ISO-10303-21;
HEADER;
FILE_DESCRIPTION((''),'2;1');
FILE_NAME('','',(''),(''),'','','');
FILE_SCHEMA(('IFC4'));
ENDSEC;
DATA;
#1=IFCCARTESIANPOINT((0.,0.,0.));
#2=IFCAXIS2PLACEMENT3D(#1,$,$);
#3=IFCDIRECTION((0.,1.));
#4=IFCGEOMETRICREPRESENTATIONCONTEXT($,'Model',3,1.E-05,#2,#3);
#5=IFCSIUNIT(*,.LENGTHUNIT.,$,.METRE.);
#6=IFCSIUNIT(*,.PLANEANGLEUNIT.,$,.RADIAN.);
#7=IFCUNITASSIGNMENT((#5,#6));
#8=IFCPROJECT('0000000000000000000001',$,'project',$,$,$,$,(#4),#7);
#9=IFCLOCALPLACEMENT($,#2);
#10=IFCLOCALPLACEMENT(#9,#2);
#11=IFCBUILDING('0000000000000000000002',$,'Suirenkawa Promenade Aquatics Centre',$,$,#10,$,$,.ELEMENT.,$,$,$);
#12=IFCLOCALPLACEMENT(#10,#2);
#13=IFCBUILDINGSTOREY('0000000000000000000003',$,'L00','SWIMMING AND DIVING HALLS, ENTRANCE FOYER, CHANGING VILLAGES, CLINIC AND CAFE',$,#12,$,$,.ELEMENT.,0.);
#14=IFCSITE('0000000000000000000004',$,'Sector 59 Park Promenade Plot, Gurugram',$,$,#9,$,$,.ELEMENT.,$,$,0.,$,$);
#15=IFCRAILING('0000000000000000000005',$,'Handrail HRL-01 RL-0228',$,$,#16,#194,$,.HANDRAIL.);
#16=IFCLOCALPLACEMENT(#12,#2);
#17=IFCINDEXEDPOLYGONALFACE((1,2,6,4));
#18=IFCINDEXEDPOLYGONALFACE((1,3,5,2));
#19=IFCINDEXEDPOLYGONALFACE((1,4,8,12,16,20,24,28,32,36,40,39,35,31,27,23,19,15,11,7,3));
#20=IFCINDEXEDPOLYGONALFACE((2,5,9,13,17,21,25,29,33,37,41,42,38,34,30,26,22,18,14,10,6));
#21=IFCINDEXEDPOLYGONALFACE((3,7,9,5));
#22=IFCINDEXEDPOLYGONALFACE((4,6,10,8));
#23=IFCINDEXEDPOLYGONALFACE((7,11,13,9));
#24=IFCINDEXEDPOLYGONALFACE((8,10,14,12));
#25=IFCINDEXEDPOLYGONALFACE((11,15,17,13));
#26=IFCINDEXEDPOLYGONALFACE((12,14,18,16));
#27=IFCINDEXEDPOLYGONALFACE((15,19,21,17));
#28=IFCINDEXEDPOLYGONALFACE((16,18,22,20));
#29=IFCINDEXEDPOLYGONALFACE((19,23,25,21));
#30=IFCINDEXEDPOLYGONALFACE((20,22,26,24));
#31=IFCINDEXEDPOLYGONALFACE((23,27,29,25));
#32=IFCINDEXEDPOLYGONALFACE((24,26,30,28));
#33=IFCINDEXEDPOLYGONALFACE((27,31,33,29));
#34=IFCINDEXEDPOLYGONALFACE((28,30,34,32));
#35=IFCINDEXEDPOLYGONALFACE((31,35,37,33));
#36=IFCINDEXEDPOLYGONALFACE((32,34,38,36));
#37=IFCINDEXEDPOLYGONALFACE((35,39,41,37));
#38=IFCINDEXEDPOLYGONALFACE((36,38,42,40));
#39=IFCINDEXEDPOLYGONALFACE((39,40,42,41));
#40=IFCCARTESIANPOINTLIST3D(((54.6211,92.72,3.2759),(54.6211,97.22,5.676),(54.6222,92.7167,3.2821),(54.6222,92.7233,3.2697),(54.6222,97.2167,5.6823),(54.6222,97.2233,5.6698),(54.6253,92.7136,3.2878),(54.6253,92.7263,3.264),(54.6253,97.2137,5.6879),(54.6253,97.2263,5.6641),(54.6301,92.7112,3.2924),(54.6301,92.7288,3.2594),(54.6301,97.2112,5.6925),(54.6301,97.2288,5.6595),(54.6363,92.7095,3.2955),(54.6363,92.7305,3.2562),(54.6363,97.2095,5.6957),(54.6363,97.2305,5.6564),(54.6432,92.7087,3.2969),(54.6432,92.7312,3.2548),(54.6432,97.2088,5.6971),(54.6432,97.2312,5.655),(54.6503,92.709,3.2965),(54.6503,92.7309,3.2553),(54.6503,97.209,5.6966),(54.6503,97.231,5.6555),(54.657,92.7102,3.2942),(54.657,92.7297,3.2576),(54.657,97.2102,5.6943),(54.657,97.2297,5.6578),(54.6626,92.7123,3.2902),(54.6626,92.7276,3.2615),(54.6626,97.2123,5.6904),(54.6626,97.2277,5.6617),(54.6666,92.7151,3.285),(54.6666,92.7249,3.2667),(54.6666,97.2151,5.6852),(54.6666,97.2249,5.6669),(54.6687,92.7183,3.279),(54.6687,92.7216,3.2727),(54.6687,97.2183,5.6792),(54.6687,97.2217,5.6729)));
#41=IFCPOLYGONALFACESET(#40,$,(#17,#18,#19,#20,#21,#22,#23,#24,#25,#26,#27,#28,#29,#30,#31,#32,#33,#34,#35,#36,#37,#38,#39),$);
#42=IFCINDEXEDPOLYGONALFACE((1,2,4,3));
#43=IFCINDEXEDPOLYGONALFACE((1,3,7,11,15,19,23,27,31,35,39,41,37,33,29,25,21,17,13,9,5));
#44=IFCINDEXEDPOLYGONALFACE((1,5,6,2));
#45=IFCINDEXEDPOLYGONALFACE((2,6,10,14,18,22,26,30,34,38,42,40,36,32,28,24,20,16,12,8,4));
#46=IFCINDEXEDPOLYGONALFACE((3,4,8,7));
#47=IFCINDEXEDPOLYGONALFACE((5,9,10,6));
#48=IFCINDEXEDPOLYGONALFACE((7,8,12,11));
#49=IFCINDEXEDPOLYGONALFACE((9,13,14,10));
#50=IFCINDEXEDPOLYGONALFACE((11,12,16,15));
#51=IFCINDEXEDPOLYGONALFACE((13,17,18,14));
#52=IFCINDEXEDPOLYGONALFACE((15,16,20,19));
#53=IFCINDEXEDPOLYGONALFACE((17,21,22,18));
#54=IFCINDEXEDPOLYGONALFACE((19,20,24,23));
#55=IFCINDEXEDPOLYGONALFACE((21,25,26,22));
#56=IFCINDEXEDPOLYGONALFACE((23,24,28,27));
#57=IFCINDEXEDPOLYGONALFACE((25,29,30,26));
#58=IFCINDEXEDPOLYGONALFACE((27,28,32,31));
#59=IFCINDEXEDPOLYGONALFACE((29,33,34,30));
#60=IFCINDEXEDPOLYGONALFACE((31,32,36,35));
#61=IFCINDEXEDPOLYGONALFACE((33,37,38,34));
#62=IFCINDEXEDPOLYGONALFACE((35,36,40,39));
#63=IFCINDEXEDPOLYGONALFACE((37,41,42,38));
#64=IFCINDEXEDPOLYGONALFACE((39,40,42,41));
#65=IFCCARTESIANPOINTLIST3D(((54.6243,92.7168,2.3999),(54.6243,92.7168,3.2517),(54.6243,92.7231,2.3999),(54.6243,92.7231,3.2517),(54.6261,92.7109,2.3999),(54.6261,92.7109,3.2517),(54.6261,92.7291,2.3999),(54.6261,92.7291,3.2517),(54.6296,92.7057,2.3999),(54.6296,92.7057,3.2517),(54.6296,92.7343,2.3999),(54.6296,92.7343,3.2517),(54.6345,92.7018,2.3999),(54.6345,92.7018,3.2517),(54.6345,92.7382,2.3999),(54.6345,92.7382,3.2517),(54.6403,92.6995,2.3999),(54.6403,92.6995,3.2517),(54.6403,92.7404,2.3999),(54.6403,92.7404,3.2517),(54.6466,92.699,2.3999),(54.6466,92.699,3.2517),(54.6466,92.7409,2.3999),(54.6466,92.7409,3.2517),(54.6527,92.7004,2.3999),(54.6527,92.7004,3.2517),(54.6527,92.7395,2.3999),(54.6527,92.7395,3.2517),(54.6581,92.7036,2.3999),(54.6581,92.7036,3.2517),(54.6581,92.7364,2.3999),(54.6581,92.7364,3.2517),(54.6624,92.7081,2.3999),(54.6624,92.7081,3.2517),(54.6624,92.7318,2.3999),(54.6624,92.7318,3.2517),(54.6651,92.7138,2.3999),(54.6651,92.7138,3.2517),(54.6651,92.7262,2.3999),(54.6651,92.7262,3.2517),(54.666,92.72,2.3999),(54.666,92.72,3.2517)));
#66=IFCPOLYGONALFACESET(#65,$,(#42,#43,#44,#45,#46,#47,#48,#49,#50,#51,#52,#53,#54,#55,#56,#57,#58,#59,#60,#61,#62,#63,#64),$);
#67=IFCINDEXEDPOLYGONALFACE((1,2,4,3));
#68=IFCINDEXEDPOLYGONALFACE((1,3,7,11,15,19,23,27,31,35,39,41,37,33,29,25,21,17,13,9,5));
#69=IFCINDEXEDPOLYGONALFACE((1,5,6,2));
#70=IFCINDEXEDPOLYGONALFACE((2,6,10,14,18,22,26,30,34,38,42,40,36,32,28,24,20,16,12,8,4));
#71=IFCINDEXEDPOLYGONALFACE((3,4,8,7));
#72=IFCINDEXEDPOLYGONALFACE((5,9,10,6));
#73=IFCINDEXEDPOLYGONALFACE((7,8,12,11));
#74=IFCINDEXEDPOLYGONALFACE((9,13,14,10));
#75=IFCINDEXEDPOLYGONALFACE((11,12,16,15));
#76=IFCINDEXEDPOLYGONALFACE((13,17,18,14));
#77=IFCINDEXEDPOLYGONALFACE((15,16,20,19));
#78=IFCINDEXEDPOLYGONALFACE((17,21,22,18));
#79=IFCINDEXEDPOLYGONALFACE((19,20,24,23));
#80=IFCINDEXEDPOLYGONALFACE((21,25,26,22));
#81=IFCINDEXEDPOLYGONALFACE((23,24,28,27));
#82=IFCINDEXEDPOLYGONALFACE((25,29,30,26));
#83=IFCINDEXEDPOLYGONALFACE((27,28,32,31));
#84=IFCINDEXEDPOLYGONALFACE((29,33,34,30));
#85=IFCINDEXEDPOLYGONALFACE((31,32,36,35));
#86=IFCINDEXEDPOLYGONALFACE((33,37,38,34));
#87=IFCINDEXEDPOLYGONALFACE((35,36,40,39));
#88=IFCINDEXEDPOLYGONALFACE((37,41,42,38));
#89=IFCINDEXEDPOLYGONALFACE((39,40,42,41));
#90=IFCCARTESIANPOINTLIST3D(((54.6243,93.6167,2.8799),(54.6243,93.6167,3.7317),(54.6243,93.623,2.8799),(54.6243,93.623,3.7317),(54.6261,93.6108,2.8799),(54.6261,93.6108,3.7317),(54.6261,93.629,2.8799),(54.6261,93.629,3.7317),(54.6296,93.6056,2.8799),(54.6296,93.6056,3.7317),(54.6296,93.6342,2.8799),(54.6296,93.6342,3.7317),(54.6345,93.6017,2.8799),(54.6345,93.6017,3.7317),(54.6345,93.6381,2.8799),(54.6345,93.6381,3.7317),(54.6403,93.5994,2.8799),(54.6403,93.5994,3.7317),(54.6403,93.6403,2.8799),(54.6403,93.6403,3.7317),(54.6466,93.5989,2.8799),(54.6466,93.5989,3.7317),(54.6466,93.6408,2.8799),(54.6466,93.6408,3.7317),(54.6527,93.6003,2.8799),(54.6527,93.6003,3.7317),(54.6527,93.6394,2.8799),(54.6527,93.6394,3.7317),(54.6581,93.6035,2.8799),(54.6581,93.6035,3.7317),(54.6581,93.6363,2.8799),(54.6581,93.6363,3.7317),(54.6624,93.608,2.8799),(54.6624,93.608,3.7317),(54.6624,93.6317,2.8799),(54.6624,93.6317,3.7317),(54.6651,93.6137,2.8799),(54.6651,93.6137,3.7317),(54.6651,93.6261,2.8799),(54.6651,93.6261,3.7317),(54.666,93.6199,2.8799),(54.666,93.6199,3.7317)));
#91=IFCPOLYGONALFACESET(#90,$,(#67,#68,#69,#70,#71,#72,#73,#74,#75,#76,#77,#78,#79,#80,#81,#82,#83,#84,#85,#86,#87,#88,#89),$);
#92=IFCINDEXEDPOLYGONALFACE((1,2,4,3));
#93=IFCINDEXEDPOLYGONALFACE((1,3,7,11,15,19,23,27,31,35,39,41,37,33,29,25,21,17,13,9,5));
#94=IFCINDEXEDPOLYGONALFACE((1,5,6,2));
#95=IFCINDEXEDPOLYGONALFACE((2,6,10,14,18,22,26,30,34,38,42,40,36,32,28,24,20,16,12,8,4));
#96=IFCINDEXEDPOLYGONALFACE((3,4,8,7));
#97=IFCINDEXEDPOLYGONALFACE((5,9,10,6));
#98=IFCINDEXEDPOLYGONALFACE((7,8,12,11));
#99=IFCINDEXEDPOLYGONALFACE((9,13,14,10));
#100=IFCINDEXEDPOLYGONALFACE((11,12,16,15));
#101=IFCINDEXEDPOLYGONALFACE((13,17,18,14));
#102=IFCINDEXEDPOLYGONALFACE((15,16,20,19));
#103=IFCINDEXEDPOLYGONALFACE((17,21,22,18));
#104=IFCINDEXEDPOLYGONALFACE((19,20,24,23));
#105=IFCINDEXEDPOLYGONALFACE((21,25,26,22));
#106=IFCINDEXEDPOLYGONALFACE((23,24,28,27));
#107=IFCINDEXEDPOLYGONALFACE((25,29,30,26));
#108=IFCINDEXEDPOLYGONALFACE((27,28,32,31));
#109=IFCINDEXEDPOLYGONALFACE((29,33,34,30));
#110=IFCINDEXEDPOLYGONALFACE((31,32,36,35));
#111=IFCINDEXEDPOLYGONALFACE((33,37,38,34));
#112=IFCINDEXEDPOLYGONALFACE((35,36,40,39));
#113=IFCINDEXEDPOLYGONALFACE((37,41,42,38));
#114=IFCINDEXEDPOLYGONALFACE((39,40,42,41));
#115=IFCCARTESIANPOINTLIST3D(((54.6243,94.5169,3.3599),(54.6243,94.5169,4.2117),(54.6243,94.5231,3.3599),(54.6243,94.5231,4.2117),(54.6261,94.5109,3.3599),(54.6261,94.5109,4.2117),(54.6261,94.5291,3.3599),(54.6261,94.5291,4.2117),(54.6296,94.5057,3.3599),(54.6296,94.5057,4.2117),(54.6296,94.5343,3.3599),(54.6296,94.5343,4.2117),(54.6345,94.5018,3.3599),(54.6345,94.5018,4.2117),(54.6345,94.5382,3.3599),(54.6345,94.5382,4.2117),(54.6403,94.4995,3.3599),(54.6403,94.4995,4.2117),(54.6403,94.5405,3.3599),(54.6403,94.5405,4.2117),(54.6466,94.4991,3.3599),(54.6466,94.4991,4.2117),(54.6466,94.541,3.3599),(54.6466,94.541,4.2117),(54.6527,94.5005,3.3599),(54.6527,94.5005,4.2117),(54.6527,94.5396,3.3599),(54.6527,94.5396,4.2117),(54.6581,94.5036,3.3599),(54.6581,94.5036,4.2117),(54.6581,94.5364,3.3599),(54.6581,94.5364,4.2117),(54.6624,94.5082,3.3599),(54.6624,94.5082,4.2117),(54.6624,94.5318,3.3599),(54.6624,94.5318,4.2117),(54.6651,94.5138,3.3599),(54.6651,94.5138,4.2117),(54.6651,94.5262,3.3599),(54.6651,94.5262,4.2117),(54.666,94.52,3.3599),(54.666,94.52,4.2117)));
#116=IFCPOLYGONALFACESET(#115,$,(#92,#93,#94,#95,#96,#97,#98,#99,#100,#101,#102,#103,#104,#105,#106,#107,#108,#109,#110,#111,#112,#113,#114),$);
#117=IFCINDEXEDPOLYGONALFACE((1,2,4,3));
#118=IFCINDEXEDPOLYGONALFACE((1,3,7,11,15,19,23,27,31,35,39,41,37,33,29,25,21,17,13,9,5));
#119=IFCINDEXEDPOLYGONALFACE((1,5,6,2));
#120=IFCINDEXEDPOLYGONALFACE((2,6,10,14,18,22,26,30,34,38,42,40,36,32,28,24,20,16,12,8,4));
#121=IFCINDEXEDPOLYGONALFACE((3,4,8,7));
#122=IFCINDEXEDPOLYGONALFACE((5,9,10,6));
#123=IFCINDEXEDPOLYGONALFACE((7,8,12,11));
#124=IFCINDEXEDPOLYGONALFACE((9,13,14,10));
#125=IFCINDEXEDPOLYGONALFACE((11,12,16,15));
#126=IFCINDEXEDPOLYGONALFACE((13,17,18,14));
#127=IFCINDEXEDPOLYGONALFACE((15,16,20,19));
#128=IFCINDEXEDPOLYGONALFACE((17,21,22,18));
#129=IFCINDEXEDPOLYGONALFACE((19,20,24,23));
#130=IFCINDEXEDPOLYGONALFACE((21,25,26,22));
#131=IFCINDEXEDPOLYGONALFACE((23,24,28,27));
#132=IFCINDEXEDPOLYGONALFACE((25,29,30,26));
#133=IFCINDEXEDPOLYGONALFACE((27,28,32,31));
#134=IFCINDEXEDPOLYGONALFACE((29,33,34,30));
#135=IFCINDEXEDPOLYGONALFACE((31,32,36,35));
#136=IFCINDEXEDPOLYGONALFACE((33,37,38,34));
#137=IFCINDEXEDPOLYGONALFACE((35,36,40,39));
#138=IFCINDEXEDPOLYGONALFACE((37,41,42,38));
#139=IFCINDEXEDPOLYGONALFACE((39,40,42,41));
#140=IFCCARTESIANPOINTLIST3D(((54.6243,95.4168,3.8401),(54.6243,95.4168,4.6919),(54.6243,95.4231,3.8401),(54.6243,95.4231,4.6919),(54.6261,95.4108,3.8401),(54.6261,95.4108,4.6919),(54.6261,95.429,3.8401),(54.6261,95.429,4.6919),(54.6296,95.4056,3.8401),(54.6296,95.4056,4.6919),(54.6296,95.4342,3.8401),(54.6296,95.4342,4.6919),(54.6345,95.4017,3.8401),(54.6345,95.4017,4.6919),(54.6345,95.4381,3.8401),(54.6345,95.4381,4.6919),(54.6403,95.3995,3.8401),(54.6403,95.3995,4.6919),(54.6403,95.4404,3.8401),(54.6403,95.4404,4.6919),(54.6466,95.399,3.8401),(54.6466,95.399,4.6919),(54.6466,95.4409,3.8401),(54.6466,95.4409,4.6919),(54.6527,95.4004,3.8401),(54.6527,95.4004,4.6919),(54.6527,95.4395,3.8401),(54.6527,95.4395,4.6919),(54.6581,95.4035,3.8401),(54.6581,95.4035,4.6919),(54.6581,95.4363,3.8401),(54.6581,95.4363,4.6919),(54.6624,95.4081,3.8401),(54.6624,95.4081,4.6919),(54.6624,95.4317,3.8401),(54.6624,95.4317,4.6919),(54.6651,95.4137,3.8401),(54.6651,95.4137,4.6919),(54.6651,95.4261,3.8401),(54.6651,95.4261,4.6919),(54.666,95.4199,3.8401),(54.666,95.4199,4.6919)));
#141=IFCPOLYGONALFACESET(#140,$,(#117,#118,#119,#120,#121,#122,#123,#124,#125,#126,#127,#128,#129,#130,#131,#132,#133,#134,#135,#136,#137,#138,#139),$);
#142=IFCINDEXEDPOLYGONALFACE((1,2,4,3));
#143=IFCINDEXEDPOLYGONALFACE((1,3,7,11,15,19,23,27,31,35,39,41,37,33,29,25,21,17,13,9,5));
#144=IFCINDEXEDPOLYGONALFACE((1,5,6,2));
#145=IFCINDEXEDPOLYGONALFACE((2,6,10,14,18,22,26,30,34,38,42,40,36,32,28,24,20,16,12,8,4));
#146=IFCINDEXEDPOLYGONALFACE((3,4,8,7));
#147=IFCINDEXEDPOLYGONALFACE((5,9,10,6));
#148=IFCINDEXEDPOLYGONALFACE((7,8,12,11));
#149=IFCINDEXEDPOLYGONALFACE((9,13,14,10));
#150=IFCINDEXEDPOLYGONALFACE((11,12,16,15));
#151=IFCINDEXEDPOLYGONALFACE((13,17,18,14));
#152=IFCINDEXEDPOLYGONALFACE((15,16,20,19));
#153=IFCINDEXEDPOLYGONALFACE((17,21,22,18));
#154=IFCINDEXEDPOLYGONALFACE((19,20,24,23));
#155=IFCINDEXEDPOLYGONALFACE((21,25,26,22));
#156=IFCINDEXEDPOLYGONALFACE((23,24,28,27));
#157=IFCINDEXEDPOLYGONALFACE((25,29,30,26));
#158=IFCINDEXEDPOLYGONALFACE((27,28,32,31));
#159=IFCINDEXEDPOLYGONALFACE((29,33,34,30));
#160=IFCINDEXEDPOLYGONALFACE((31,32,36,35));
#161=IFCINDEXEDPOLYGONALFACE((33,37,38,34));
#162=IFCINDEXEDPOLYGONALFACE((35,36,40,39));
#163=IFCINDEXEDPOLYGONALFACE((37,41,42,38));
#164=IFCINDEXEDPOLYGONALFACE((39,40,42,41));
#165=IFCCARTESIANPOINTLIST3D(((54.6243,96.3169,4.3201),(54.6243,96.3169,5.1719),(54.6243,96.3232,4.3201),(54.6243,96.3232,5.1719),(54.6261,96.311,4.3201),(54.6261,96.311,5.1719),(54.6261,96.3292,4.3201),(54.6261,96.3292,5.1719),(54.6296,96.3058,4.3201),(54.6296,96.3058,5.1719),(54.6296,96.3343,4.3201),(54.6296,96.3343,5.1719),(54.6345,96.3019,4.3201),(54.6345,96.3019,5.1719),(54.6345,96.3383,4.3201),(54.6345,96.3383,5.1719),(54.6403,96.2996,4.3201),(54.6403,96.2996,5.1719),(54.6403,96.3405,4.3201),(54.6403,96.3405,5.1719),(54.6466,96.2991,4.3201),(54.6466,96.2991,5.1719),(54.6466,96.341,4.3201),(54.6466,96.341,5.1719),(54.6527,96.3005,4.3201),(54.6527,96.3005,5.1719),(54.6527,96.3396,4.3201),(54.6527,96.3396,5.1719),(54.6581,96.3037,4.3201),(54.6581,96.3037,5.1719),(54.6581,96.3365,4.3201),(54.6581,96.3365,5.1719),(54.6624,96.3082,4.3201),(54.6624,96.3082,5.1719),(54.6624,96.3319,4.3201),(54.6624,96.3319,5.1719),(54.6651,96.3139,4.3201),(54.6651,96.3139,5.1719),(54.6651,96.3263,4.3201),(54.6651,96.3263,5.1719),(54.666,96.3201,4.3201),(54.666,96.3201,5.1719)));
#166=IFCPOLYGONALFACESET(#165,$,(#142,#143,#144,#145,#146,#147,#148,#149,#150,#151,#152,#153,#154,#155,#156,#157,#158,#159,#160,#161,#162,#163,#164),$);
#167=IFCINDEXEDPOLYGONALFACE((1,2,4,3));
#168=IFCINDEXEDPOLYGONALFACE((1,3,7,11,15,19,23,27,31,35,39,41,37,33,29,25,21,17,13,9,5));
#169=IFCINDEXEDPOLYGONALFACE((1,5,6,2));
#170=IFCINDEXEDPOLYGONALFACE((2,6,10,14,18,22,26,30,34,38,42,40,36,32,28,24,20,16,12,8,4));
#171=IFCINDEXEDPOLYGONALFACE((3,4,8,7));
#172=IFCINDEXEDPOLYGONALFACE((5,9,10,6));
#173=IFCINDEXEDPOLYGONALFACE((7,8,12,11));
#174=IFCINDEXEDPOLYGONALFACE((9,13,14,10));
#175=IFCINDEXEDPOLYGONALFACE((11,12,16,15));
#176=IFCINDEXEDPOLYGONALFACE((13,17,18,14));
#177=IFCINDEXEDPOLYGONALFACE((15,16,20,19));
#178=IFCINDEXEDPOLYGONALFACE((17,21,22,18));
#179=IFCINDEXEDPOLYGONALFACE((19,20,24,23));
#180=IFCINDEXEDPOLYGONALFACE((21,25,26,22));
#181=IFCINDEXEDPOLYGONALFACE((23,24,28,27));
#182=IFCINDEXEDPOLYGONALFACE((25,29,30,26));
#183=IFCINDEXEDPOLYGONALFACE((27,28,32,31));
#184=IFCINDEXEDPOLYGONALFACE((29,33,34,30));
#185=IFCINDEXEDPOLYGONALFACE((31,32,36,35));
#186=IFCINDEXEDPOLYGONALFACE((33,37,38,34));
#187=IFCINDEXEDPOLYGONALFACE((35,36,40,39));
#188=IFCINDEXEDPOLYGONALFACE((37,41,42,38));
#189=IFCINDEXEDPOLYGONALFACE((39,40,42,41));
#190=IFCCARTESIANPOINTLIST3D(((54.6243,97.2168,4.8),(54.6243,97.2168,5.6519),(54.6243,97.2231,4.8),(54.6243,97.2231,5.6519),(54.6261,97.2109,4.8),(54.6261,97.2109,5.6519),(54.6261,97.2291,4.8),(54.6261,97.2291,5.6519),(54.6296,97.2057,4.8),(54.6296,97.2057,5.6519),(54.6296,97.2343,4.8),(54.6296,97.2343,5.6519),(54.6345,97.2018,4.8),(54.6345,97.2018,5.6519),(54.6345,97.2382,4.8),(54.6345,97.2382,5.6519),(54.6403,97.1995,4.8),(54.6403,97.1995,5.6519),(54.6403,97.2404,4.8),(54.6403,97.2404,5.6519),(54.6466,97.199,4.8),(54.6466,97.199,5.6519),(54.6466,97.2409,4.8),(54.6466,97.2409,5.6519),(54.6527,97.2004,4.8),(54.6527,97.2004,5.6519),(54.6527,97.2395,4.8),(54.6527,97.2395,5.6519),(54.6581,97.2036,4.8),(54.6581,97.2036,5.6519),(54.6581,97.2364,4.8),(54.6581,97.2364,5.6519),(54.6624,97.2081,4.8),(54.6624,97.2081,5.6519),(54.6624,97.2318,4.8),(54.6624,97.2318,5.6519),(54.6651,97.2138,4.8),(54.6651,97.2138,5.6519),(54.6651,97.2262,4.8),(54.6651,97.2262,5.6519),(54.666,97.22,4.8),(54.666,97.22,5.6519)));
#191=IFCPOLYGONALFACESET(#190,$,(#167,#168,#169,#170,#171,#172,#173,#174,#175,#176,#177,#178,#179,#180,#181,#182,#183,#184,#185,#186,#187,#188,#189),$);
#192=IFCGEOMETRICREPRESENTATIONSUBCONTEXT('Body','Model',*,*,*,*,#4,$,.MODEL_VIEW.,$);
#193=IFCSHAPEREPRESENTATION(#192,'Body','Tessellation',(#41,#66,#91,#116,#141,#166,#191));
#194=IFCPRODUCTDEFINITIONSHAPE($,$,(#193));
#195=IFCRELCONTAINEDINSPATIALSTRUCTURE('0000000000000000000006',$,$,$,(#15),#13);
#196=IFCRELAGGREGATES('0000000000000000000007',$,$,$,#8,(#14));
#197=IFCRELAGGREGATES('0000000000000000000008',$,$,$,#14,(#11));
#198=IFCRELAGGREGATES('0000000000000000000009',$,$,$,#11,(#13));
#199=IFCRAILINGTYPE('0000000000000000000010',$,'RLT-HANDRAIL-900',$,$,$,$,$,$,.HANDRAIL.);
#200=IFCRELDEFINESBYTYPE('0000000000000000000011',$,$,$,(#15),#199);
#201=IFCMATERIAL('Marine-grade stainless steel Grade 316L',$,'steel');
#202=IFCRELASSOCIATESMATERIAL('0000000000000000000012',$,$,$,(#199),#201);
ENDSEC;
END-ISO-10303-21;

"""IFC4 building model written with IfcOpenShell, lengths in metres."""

from ifc_helpers import new_model, si_unit, direction, frame, origin, origin_2d, place, context, subcontext, project, spatial, circle, extrude, material, type_object, element, save


model = new_model("IFC4")

# Units and contexts
model_context = context("Model", 3, precision=1e-05, world=origin(), true_north=direction((0.0, 1.0)))
body_context = subcontext(model_context, "Body", "Model", "MODEL_VIEW")
ifc_project = project(units=[si_unit("LENGTHUNIT", "METRE"), si_unit("PLANEANGLEUNIT", "RADIAN")], contexts=[model_context])

# Site, building, storey
site_placement = place(None, origin())
site = spatial("IfcSite", under=ifc_project, at=site_placement, Name="Sector 59 Park Promenade Plot, Gurugram", CompositionType="ELEMENT", RefElevation=0.0)
building_placement = place(site_placement, origin())
building = spatial("IfcBuilding", under=site, at=building_placement, Name="Suirenkawa Promenade Aquatics Centre", CompositionType="ELEMENT")
storey_placement = place(building_placement, origin())
storey = spatial("IfcBuildingStorey", under=building, at=storey_placement, Name="L00", Description="SWIMMING AND DIVING HALLS, ENTRANCE FOYER, CHANGING VILLAGES, CLINIC AND CAFE", CompositionType="ELEMENT", Elevation=0.0)

# Railing
ifc_material_1 = material(Name="Marine-grade stainless steel Grade 316L", Category="steel")
railing_type_1 = type_object("IfcRailingType", Name="RLT-HANDRAIL-900", PredefinedType="HANDRAIL", material=ifc_material_1)
for number, where, name in (
    (1, (54.645, 92.72, 2.3999), "Handrail HRL-01 RL-0228"),
):
    element("IfcRailing", number, at=place(storey_placement, frame(where)), inside=storey, type_object=railing_type_1, Name=name, PredefinedType="HANDRAIL", context=body_context, shape_type="SweptSolid", body=[
        extrude(circle(Radius=0.0239, at=origin_2d()), frame((0.0, 0.0, 0.876), z_axis=(0.0, 0.882341, 0.470611), x_axis=(-1.0, 0.0, 0.0)), (0.0, 0.0, 1.0), 5.1001),
        extrude(circle(Radius=0.021, at=origin_2d()), origin(), (0.0, 0.0, 1.0), 0.8518),
        extrude(circle(Radius=0.021, at=origin_2d()), frame((0.0, 0.8999, 0.48)), (0.0, 0.0, 1.0), 0.8518),
        extrude(circle(Radius=0.021, at=origin_2d()), frame((0.0, 1.8, 0.96)), (0.0, 0.0, 1.0), 0.8518),
        extrude(circle(Radius=0.021, at=origin_2d()), frame((0.0, 2.7, 1.4402)), (0.0, 0.0, 1.0), 0.8518),
        extrude(circle(Radius=0.021, at=origin_2d()), frame((0.0, 3.6001, 1.9202)), (0.0, 0.0, 1.0), 0.8518),
        extrude(circle(Radius=0.021, at=origin_2d()), frame((0.0, 4.5, 2.4001)), (0.0, 0.0, 1.0), 0.8518),
    ])

save(model, "model.ifc")
